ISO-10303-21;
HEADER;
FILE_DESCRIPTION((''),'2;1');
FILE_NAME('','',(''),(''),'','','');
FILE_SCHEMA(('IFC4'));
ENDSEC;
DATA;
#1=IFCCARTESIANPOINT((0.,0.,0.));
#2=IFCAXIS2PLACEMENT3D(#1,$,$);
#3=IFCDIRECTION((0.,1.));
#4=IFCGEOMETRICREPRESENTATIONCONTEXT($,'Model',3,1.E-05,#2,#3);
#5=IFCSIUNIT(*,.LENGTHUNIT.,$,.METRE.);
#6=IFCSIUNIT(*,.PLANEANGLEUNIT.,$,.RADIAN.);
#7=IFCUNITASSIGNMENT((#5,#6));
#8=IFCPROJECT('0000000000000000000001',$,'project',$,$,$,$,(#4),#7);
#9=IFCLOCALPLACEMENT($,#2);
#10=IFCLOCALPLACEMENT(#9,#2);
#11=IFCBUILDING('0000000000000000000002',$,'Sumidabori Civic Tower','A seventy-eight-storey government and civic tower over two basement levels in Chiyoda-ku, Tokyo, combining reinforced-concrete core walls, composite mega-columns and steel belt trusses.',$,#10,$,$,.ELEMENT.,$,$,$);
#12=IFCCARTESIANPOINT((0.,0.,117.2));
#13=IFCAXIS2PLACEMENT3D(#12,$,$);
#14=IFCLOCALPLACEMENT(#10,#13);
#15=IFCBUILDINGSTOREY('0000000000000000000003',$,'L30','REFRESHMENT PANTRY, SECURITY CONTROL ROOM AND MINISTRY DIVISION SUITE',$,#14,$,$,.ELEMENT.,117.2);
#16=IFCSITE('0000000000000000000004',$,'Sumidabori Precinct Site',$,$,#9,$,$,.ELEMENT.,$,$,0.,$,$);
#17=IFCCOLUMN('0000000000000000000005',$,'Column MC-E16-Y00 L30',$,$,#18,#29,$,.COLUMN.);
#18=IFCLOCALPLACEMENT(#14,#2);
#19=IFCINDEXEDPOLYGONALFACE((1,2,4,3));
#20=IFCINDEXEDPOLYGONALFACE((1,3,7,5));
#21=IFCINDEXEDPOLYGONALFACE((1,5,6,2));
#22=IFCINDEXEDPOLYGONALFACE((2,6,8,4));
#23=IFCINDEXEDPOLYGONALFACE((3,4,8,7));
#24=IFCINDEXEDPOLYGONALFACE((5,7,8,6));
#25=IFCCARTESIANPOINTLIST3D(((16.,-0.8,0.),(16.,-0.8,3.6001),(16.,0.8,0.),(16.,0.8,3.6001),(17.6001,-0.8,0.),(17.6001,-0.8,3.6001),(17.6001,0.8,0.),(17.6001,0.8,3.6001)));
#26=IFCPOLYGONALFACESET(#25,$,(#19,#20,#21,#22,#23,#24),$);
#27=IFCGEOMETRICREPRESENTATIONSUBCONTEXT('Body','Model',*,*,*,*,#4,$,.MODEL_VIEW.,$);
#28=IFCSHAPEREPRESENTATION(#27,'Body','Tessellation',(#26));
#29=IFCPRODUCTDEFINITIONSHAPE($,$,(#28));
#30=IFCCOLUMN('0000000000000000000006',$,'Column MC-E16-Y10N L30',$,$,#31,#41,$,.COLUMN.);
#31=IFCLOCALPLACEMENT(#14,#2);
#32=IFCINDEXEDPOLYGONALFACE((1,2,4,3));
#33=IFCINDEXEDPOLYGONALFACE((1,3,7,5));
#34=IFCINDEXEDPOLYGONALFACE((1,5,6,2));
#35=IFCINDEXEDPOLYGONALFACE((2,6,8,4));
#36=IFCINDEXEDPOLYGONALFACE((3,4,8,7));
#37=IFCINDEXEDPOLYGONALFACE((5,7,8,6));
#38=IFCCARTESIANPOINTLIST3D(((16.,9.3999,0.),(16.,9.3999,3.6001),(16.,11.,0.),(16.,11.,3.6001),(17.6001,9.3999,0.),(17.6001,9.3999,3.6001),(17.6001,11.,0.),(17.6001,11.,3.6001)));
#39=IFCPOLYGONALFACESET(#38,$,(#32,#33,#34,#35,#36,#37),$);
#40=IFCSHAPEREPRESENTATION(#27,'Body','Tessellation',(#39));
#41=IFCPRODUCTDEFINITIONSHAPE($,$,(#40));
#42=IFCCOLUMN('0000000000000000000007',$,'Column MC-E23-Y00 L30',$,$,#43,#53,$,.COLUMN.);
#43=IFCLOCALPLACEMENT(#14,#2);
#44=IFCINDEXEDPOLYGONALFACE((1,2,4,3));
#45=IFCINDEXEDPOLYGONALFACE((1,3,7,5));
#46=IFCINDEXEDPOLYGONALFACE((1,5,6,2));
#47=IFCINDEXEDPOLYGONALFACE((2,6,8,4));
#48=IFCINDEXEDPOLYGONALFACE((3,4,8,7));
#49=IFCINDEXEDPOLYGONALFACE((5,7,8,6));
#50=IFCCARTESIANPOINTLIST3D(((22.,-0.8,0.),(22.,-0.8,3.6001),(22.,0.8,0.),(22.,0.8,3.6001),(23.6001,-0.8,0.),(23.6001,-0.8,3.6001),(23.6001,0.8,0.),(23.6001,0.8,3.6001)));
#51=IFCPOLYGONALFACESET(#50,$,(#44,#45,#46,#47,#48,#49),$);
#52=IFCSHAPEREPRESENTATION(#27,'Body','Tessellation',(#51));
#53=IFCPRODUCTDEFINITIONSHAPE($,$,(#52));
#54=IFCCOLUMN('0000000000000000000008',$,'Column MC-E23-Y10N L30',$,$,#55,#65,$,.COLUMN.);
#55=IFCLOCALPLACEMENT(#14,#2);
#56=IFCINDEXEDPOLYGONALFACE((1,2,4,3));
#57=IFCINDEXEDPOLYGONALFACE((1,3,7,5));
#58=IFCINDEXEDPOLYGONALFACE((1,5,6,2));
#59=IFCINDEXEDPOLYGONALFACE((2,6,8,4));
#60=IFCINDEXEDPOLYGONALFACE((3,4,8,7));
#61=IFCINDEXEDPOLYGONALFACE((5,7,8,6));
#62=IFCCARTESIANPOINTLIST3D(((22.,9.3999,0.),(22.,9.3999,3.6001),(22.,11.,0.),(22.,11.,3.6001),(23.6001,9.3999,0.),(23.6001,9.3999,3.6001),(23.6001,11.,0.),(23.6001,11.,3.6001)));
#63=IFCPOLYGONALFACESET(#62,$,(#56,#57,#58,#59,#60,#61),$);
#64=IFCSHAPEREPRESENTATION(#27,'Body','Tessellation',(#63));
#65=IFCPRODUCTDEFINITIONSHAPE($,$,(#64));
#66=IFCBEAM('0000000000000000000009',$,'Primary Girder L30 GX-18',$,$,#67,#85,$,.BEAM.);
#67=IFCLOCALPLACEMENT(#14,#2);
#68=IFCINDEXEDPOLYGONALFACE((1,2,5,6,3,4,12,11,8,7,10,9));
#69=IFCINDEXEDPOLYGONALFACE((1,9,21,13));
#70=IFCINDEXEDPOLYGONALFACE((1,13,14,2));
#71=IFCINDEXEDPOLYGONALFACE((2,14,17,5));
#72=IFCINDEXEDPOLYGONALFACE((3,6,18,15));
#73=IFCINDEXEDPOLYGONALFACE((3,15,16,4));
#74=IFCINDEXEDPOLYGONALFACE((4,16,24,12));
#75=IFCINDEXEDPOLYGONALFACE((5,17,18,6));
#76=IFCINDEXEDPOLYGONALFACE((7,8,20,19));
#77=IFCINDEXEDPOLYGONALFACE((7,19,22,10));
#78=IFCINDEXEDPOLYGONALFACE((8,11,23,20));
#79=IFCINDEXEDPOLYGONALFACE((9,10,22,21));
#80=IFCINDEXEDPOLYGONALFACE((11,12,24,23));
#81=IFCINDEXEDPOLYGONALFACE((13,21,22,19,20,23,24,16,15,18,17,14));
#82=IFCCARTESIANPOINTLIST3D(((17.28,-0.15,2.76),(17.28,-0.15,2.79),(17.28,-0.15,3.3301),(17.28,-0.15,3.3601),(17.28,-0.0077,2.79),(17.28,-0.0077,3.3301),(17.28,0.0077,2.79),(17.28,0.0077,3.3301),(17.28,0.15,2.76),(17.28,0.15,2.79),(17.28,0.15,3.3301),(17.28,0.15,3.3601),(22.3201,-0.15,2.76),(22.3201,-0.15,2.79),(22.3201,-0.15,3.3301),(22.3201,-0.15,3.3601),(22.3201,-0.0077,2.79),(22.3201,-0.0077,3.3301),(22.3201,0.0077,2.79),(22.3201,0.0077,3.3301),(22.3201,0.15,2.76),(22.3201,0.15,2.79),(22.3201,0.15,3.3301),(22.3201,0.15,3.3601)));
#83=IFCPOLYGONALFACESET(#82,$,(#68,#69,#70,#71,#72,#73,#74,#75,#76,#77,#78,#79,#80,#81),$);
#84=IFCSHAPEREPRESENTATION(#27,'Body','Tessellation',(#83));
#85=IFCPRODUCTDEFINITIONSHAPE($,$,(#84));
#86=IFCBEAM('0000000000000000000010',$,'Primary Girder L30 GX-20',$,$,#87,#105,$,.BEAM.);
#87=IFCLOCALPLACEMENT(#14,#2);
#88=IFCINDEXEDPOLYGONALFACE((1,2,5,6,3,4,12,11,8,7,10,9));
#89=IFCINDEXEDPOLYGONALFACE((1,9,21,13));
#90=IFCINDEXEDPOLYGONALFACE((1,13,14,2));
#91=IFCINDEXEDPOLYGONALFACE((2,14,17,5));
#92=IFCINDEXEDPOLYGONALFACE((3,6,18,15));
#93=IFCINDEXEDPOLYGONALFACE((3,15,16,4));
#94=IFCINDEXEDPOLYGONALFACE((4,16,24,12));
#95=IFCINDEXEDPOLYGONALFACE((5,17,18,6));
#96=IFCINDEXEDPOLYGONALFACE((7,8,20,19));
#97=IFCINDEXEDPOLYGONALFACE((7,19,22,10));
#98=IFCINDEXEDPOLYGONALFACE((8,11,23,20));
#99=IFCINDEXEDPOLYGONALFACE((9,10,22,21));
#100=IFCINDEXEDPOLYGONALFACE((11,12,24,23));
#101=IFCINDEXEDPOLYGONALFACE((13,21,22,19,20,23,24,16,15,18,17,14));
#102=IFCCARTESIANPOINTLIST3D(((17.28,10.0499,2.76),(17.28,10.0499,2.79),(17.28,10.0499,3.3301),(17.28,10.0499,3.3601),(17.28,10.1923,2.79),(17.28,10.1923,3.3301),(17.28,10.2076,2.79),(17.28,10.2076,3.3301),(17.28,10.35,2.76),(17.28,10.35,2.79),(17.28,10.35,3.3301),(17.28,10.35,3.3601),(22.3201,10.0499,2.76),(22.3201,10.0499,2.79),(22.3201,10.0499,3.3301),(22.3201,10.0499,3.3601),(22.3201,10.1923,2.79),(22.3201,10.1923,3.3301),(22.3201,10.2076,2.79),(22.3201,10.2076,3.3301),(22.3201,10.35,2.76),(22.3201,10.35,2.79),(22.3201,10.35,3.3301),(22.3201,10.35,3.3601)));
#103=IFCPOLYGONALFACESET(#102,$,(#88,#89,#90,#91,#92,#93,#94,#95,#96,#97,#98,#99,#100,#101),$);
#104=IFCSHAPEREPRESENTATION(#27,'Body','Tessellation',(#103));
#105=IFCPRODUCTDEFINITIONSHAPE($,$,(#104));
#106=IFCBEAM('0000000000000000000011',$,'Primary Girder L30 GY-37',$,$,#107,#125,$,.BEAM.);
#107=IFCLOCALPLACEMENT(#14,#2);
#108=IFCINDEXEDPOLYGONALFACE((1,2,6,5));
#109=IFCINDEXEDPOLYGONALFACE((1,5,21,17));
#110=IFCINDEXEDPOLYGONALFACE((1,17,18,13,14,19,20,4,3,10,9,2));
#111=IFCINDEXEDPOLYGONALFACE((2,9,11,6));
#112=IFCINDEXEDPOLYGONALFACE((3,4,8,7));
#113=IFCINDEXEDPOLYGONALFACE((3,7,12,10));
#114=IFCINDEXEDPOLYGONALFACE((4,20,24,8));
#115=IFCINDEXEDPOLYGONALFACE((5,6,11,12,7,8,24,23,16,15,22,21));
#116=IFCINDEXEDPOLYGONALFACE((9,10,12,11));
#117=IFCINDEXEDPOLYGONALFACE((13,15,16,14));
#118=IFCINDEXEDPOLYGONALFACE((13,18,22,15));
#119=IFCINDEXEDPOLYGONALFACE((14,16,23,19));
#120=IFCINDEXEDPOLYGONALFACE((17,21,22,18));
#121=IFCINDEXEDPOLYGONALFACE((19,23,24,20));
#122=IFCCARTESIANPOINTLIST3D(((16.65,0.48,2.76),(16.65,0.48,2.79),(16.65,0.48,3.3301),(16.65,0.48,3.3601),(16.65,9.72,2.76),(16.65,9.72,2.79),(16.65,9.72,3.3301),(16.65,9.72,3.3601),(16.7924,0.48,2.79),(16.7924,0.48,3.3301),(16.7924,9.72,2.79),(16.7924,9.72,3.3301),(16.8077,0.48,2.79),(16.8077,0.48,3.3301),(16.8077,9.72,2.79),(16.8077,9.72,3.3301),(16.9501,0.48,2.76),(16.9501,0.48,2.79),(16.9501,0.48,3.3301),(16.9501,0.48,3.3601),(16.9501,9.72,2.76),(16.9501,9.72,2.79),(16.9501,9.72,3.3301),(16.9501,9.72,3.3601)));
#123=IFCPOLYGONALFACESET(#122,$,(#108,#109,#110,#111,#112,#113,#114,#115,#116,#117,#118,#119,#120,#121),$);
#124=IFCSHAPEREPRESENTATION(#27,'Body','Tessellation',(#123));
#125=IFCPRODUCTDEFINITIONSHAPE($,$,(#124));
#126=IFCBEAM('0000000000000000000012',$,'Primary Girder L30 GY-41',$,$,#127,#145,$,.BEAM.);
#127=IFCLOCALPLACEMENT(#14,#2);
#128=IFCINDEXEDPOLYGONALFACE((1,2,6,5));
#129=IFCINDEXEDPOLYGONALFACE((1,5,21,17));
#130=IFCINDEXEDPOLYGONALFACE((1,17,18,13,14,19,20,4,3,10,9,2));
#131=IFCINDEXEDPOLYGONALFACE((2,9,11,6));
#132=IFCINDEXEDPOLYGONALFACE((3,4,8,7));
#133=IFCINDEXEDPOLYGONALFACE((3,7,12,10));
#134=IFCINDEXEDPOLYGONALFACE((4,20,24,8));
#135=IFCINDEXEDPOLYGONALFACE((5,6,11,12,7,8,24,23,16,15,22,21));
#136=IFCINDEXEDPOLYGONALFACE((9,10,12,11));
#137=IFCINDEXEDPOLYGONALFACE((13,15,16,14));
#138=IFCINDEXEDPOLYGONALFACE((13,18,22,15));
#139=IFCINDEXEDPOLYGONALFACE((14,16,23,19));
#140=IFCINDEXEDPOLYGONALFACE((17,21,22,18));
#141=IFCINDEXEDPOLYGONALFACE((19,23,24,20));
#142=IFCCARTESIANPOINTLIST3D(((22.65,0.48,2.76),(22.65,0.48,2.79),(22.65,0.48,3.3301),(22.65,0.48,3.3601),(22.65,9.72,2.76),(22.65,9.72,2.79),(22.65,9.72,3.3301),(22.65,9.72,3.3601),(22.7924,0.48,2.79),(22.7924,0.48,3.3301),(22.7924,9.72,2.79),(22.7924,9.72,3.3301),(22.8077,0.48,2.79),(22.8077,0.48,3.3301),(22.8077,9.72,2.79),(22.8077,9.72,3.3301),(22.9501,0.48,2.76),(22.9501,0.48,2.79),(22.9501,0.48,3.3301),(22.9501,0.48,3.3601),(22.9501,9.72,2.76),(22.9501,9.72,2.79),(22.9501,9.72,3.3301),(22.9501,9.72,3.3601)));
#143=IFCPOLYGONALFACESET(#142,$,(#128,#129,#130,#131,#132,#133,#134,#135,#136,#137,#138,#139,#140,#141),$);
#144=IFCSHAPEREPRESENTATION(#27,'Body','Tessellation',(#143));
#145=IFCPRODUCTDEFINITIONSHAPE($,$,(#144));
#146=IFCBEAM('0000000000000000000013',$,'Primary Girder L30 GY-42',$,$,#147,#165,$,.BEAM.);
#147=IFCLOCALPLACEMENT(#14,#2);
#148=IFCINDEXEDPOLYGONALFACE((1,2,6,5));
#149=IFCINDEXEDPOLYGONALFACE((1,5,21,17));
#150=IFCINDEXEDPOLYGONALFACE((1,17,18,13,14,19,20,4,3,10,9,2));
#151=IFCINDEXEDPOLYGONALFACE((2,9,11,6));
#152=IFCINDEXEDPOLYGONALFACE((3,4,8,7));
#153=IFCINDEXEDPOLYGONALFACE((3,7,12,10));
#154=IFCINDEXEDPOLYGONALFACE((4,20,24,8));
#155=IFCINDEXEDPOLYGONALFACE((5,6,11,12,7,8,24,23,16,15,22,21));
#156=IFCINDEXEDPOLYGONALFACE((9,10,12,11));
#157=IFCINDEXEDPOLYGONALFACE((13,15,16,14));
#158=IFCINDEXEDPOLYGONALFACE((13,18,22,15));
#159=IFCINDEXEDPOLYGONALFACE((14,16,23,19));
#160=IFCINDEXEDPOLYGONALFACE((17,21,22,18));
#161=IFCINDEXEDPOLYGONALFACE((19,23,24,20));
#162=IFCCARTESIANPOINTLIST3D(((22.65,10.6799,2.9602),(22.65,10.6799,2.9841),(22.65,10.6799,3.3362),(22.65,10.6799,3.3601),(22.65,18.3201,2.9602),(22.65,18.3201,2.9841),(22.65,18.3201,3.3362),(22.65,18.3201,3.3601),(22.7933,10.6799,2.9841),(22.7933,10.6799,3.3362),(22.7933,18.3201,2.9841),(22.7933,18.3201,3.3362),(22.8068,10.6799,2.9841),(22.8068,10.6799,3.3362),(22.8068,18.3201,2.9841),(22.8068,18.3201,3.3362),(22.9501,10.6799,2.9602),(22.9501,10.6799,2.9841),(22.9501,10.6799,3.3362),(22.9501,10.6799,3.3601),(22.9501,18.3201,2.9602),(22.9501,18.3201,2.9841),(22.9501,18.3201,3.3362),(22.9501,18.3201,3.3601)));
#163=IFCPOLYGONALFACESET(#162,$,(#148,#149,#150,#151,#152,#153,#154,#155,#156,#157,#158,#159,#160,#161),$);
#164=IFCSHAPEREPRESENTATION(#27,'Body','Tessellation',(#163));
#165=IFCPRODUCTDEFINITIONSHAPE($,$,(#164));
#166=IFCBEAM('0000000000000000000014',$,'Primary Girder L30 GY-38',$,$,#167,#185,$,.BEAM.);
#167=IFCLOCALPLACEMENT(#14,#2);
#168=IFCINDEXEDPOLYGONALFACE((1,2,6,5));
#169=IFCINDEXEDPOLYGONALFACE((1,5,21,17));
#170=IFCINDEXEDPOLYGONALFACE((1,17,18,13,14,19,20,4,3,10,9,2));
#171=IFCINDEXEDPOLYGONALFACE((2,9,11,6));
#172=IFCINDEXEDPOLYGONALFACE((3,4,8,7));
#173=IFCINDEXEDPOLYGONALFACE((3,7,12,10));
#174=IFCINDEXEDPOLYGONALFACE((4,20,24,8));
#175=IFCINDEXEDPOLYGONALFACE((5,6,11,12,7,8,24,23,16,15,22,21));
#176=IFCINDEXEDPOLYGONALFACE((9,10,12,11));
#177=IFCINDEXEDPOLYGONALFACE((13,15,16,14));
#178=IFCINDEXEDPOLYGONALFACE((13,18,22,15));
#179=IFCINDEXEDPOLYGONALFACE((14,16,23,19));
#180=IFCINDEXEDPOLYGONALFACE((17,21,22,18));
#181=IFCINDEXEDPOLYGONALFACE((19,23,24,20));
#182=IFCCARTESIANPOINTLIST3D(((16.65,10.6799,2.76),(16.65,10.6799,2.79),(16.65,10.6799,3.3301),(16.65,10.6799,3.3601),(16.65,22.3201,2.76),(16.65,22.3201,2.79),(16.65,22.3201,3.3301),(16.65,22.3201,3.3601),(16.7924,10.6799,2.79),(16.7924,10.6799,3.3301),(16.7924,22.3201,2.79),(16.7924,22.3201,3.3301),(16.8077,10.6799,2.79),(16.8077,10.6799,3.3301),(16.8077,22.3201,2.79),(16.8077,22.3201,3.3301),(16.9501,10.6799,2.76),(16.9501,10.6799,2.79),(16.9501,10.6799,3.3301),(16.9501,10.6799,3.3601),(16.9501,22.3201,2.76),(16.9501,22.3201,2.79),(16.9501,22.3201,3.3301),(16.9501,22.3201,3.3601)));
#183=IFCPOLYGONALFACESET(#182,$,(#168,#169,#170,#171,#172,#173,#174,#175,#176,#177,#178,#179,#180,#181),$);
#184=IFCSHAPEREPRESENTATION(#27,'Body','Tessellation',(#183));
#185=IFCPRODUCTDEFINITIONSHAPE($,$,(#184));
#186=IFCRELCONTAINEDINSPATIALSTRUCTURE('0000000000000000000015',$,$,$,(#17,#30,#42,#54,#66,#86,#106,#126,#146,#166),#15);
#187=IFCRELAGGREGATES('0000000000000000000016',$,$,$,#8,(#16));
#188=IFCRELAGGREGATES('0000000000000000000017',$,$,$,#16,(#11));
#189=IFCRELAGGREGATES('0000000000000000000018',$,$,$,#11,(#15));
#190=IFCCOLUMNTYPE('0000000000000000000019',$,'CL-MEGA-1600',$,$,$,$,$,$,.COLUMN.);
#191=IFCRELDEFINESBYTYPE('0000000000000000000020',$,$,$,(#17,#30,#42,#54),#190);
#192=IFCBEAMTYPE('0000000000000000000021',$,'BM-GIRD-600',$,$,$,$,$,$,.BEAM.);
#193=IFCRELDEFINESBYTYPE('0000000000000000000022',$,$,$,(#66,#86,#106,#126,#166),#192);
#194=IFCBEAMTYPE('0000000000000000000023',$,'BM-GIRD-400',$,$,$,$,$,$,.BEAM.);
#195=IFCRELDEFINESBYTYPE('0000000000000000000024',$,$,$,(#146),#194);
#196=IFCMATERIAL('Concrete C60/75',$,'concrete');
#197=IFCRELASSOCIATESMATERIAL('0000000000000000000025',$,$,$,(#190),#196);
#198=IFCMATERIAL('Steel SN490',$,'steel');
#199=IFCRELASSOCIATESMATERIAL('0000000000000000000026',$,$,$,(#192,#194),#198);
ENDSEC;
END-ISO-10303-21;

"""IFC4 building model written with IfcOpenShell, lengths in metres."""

from ifc_helpers import new_model, si_unit, direction, frame, origin, origin_2d, place, context, subcontext, project, spatial, rectangle, i_section, extrude, source, transform, mapped, material, material_profile, profile_set, type_object, element, save


model = new_model("IFC4")

# Units and contexts
model_context = context("Model", 3, precision=1e-05, world=origin(), true_north=direction((0.0, 1.0)))
body_context = subcontext(model_context, "Body", "Model", "MODEL_VIEW")
ifc_project = project(units=[si_unit("LENGTHUNIT", "METRE"), si_unit("PLANEANGLEUNIT", "RADIAN")], contexts=[model_context])

# Site, building, storey
site_placement = place(None, origin())
site = spatial("IfcSite", under=ifc_project, at=site_placement, Name="Sumidabori Precinct Site", CompositionType="ELEMENT", RefElevation=0.0)
building_placement = place(site_placement, origin())
building = spatial("IfcBuilding", under=site, at=building_placement, Name="Sumidabori Civic Tower", Description="A seventy-eight-storey government and civic tower over two basement levels in Chiyoda-ku, Tokyo, combining reinforced-concrete core walls, composite mega-columns and steel belt trusses.", CompositionType="ELEMENT")
storey_placement = place(building_placement, frame((0.0, 0.0, 117.2)))
storey = spatial("IfcBuildingStorey", under=building, at=storey_placement, Name="L30", Description="REFRESHMENT PANTRY, SECURITY CONTROL ROOM AND MINISTRY DIVISION SUITE", CompositionType="ELEMENT", Elevation=117.2)

# Columns
ifc_material_1 = material(Name="Concrete C60/75", Category="concrete")
ifc_material_profile_1 = material_profile(ifc_material_1, rectangle(XDim=1.6001, YDim=1.6001, at=origin_2d()), Name="RC 1600x1600")
ifc_profile_set_1 = profile_set([ifc_material_profile_1], Name="Concrete C60/75")
column_type = type_object("IfcColumnType", Name="CL-MEGA-1600", PredefinedType="COLUMN", material=ifc_profile_set_1)
shared_shape_1 = source(origin(), body_context, "Body", "SweptSolid", [
    extrude(rectangle(XDim=1.6001, YDim=1.6001, at=origin_2d()), origin(), (0.0, 0.0, 1.0), 3.6001),
])
for number, where, z_axis, x_axis, name in (
    (1, (16.8, 0.0, 0.0), (0.0, 0.0, 1.0), (1.0, 0.0, 0.0), "Column MC-E16-Y00 L30"),
    (2, (16.8, 10.2, 0.0), (0.0, 0.0, 1.0), (1.0, 0.0, 0.0), "Column MC-E16-Y10N L30"),
    (3, (22.8, 0.0, 0.0), (0.0, 0.0, 1.0), (1.0, 0.0, 0.0), "Column MC-E23-Y00 L30"),
    (4, (22.8, 10.2, 0.0), (0.0, 0.0, 1.0), (1.0, 0.0, 0.0), "Column MC-E23-Y10N L30"),
):
    element("IfcColumn", number, at=place(storey_placement, frame(where, z_axis=z_axis, x_axis=x_axis)), inside=storey, type_object=column_type, Name=name, PredefinedType="COLUMN", context=body_context, shape_type="MappedRepresentation", body=[
        mapped(shared_shape_1, transform((0.0, 0.0, 0.0), x_axis=(1.0, 0.0, 0.0), y_axis=(0.0, 1.0, 0.0), z_axis=(0.0, 0.0, 1.0), scale=1.0)),
    ])

# Beams
ifc_material_2 = material(Name="Steel SN490", Category="steel")
ifc_material_profile_2 = material_profile(ifc_material_2, i_section(OverallWidth=0.3, OverallDepth=0.6001, WebThickness=0.0154, FlangeThickness=0.03, at=origin_2d()), Name="HE 600 B")
ifc_profile_set_2 = profile_set([ifc_material_profile_2], Name="Steel SN490")
beam_type_1 = type_object("IfcBeamType", Name="BM-GIRD-600", PredefinedType="BEAM", material=ifc_profile_set_2)
shared_shape_2 = source(origin(), body_context, "Body", "SweptSolid", [
    extrude(i_section(OverallWidth=0.3, OverallDepth=0.6001, WebThickness=0.0154, FlangeThickness=0.03, at=origin_2d()), origin(), (0.0, 0.0, 1.0), 5.04),
])
for number, where, z_axis, x_axis, name in (
    (5, (17.28, 0.0, 3.0601), (1.0, 0.0, 0.0), (0.0, 1.0, 0.0), "Primary Girder L30 GX-18"),
    (6, (17.28, 10.2, 3.0601), (1.0, 0.0, 0.0), (0.0, 1.0, 0.0), "Primary Girder L30 GX-20"),
):
    element("IfcBeam", number, at=place(storey_placement, frame(where, z_axis=z_axis, x_axis=x_axis)), inside=storey, type_object=beam_type_1, Name=name, PredefinedType="BEAM", context=body_context, shape_type="MappedRepresentation", body=[
        mapped(shared_shape_2, transform((0.0, 0.0, 0.0), x_axis=(1.0, 0.0, 0.0), y_axis=(0.0, 1.0, 0.0), z_axis=(0.0, 0.0, 1.0), scale=1.0)),
    ])
shared_shape_3 = source(origin(), body_context, "Body", "SweptSolid", [
    extrude(i_section(OverallWidth=0.3, OverallDepth=0.6001, WebThickness=0.0154, FlangeThickness=0.03, at=origin_2d()), origin(), (0.0, 0.0, 1.0), 9.24),
])
for number, where, z_axis, x_axis, name in (
    (7, (16.8, 0.48, 3.0601), (0.0, 1.0, 0.0), (-1.0, 0.0, 0.0), "Primary Girder L30 GY-37"),
    (8, (22.8, 0.48, 3.0601), (0.0, 1.0, 0.0), (-1.0, 0.0, 0.0), "Primary Girder L30 GY-41"),
):
    element("IfcBeam", number, at=place(storey_placement, frame(where, z_axis=z_axis, x_axis=x_axis)), inside=storey, type_object=beam_type_1, Name=name, PredefinedType="BEAM", context=body_context, shape_type="MappedRepresentation", body=[
        mapped(shared_shape_3, transform((0.0, 0.0, 0.0), x_axis=(1.0, 0.0, 0.0), y_axis=(0.0, 1.0, 0.0), z_axis=(0.0, 0.0, 1.0), scale=1.0)),
    ])
ifc_material_profile_3 = material_profile(ifc_material_2, i_section(OverallWidth=0.3, OverallDepth=0.3999, WebThickness=0.0134, FlangeThickness=0.0239, at=origin_2d()), Name="HE 400 B")
ifc_profile_set_3 = profile_set([ifc_material_profile_3], Name="Steel SN490")
beam_type_2 = type_object("IfcBeamType", Name="BM-GIRD-400", PredefinedType="BEAM", material=ifc_profile_set_3)
shared_shape_4 = source(origin(), body_context, "Body", "SweptSolid", [
    extrude(i_section(OverallWidth=0.3, OverallDepth=0.3999, WebThickness=0.0134, FlangeThickness=0.0239, at=origin_2d()), origin(), (0.0, 0.0, 1.0), 7.6401),
])
beam_1_placement = place(storey_placement, frame((22.8, 10.6799, 3.1602), z_axis=(0.0, 1.0, 0.0), x_axis=(-1.0, 0.0, 0.0)))
element("IfcBeam", 9, at=beam_1_placement, inside=storey, type_object=beam_type_2, Name="Primary Girder L30 GY-42", PredefinedType="BEAM", context=body_context, shape_type="MappedRepresentation", body=[
    mapped(shared_shape_4, transform((0.0, 0.0, 0.0), x_axis=(1.0, 0.0, 0.0), y_axis=(0.0, 1.0, 0.0), z_axis=(0.0, 0.0, 1.0), scale=1.0)),
])
shared_shape_5 = source(origin(), body_context, "Body", "SweptSolid", [
    extrude(i_section(OverallWidth=0.3, OverallDepth=0.6001, WebThickness=0.0154, FlangeThickness=0.03, at=origin_2d()), origin(), (0.0, 0.0, 1.0), 11.6401),
])
beam_2_placement = place(storey_placement, frame((16.8, 10.6799, 3.0601), z_axis=(0.0, 1.0, 0.0), x_axis=(-1.0, 0.0, 0.0)))
element("IfcBeam", 10, at=beam_2_placement, inside=storey, type_object=beam_type_1, Name="Primary Girder L30 GY-38", PredefinedType="BEAM", context=body_context, shape_type="MappedRepresentation", body=[
    mapped(shared_shape_5, transform((0.0, 0.0, 0.0), x_axis=(1.0, 0.0, 0.0), y_axis=(0.0, 1.0, 0.0), z_axis=(0.0, 0.0, 1.0), scale=1.0)),
])

save(model, "model.ifc")
